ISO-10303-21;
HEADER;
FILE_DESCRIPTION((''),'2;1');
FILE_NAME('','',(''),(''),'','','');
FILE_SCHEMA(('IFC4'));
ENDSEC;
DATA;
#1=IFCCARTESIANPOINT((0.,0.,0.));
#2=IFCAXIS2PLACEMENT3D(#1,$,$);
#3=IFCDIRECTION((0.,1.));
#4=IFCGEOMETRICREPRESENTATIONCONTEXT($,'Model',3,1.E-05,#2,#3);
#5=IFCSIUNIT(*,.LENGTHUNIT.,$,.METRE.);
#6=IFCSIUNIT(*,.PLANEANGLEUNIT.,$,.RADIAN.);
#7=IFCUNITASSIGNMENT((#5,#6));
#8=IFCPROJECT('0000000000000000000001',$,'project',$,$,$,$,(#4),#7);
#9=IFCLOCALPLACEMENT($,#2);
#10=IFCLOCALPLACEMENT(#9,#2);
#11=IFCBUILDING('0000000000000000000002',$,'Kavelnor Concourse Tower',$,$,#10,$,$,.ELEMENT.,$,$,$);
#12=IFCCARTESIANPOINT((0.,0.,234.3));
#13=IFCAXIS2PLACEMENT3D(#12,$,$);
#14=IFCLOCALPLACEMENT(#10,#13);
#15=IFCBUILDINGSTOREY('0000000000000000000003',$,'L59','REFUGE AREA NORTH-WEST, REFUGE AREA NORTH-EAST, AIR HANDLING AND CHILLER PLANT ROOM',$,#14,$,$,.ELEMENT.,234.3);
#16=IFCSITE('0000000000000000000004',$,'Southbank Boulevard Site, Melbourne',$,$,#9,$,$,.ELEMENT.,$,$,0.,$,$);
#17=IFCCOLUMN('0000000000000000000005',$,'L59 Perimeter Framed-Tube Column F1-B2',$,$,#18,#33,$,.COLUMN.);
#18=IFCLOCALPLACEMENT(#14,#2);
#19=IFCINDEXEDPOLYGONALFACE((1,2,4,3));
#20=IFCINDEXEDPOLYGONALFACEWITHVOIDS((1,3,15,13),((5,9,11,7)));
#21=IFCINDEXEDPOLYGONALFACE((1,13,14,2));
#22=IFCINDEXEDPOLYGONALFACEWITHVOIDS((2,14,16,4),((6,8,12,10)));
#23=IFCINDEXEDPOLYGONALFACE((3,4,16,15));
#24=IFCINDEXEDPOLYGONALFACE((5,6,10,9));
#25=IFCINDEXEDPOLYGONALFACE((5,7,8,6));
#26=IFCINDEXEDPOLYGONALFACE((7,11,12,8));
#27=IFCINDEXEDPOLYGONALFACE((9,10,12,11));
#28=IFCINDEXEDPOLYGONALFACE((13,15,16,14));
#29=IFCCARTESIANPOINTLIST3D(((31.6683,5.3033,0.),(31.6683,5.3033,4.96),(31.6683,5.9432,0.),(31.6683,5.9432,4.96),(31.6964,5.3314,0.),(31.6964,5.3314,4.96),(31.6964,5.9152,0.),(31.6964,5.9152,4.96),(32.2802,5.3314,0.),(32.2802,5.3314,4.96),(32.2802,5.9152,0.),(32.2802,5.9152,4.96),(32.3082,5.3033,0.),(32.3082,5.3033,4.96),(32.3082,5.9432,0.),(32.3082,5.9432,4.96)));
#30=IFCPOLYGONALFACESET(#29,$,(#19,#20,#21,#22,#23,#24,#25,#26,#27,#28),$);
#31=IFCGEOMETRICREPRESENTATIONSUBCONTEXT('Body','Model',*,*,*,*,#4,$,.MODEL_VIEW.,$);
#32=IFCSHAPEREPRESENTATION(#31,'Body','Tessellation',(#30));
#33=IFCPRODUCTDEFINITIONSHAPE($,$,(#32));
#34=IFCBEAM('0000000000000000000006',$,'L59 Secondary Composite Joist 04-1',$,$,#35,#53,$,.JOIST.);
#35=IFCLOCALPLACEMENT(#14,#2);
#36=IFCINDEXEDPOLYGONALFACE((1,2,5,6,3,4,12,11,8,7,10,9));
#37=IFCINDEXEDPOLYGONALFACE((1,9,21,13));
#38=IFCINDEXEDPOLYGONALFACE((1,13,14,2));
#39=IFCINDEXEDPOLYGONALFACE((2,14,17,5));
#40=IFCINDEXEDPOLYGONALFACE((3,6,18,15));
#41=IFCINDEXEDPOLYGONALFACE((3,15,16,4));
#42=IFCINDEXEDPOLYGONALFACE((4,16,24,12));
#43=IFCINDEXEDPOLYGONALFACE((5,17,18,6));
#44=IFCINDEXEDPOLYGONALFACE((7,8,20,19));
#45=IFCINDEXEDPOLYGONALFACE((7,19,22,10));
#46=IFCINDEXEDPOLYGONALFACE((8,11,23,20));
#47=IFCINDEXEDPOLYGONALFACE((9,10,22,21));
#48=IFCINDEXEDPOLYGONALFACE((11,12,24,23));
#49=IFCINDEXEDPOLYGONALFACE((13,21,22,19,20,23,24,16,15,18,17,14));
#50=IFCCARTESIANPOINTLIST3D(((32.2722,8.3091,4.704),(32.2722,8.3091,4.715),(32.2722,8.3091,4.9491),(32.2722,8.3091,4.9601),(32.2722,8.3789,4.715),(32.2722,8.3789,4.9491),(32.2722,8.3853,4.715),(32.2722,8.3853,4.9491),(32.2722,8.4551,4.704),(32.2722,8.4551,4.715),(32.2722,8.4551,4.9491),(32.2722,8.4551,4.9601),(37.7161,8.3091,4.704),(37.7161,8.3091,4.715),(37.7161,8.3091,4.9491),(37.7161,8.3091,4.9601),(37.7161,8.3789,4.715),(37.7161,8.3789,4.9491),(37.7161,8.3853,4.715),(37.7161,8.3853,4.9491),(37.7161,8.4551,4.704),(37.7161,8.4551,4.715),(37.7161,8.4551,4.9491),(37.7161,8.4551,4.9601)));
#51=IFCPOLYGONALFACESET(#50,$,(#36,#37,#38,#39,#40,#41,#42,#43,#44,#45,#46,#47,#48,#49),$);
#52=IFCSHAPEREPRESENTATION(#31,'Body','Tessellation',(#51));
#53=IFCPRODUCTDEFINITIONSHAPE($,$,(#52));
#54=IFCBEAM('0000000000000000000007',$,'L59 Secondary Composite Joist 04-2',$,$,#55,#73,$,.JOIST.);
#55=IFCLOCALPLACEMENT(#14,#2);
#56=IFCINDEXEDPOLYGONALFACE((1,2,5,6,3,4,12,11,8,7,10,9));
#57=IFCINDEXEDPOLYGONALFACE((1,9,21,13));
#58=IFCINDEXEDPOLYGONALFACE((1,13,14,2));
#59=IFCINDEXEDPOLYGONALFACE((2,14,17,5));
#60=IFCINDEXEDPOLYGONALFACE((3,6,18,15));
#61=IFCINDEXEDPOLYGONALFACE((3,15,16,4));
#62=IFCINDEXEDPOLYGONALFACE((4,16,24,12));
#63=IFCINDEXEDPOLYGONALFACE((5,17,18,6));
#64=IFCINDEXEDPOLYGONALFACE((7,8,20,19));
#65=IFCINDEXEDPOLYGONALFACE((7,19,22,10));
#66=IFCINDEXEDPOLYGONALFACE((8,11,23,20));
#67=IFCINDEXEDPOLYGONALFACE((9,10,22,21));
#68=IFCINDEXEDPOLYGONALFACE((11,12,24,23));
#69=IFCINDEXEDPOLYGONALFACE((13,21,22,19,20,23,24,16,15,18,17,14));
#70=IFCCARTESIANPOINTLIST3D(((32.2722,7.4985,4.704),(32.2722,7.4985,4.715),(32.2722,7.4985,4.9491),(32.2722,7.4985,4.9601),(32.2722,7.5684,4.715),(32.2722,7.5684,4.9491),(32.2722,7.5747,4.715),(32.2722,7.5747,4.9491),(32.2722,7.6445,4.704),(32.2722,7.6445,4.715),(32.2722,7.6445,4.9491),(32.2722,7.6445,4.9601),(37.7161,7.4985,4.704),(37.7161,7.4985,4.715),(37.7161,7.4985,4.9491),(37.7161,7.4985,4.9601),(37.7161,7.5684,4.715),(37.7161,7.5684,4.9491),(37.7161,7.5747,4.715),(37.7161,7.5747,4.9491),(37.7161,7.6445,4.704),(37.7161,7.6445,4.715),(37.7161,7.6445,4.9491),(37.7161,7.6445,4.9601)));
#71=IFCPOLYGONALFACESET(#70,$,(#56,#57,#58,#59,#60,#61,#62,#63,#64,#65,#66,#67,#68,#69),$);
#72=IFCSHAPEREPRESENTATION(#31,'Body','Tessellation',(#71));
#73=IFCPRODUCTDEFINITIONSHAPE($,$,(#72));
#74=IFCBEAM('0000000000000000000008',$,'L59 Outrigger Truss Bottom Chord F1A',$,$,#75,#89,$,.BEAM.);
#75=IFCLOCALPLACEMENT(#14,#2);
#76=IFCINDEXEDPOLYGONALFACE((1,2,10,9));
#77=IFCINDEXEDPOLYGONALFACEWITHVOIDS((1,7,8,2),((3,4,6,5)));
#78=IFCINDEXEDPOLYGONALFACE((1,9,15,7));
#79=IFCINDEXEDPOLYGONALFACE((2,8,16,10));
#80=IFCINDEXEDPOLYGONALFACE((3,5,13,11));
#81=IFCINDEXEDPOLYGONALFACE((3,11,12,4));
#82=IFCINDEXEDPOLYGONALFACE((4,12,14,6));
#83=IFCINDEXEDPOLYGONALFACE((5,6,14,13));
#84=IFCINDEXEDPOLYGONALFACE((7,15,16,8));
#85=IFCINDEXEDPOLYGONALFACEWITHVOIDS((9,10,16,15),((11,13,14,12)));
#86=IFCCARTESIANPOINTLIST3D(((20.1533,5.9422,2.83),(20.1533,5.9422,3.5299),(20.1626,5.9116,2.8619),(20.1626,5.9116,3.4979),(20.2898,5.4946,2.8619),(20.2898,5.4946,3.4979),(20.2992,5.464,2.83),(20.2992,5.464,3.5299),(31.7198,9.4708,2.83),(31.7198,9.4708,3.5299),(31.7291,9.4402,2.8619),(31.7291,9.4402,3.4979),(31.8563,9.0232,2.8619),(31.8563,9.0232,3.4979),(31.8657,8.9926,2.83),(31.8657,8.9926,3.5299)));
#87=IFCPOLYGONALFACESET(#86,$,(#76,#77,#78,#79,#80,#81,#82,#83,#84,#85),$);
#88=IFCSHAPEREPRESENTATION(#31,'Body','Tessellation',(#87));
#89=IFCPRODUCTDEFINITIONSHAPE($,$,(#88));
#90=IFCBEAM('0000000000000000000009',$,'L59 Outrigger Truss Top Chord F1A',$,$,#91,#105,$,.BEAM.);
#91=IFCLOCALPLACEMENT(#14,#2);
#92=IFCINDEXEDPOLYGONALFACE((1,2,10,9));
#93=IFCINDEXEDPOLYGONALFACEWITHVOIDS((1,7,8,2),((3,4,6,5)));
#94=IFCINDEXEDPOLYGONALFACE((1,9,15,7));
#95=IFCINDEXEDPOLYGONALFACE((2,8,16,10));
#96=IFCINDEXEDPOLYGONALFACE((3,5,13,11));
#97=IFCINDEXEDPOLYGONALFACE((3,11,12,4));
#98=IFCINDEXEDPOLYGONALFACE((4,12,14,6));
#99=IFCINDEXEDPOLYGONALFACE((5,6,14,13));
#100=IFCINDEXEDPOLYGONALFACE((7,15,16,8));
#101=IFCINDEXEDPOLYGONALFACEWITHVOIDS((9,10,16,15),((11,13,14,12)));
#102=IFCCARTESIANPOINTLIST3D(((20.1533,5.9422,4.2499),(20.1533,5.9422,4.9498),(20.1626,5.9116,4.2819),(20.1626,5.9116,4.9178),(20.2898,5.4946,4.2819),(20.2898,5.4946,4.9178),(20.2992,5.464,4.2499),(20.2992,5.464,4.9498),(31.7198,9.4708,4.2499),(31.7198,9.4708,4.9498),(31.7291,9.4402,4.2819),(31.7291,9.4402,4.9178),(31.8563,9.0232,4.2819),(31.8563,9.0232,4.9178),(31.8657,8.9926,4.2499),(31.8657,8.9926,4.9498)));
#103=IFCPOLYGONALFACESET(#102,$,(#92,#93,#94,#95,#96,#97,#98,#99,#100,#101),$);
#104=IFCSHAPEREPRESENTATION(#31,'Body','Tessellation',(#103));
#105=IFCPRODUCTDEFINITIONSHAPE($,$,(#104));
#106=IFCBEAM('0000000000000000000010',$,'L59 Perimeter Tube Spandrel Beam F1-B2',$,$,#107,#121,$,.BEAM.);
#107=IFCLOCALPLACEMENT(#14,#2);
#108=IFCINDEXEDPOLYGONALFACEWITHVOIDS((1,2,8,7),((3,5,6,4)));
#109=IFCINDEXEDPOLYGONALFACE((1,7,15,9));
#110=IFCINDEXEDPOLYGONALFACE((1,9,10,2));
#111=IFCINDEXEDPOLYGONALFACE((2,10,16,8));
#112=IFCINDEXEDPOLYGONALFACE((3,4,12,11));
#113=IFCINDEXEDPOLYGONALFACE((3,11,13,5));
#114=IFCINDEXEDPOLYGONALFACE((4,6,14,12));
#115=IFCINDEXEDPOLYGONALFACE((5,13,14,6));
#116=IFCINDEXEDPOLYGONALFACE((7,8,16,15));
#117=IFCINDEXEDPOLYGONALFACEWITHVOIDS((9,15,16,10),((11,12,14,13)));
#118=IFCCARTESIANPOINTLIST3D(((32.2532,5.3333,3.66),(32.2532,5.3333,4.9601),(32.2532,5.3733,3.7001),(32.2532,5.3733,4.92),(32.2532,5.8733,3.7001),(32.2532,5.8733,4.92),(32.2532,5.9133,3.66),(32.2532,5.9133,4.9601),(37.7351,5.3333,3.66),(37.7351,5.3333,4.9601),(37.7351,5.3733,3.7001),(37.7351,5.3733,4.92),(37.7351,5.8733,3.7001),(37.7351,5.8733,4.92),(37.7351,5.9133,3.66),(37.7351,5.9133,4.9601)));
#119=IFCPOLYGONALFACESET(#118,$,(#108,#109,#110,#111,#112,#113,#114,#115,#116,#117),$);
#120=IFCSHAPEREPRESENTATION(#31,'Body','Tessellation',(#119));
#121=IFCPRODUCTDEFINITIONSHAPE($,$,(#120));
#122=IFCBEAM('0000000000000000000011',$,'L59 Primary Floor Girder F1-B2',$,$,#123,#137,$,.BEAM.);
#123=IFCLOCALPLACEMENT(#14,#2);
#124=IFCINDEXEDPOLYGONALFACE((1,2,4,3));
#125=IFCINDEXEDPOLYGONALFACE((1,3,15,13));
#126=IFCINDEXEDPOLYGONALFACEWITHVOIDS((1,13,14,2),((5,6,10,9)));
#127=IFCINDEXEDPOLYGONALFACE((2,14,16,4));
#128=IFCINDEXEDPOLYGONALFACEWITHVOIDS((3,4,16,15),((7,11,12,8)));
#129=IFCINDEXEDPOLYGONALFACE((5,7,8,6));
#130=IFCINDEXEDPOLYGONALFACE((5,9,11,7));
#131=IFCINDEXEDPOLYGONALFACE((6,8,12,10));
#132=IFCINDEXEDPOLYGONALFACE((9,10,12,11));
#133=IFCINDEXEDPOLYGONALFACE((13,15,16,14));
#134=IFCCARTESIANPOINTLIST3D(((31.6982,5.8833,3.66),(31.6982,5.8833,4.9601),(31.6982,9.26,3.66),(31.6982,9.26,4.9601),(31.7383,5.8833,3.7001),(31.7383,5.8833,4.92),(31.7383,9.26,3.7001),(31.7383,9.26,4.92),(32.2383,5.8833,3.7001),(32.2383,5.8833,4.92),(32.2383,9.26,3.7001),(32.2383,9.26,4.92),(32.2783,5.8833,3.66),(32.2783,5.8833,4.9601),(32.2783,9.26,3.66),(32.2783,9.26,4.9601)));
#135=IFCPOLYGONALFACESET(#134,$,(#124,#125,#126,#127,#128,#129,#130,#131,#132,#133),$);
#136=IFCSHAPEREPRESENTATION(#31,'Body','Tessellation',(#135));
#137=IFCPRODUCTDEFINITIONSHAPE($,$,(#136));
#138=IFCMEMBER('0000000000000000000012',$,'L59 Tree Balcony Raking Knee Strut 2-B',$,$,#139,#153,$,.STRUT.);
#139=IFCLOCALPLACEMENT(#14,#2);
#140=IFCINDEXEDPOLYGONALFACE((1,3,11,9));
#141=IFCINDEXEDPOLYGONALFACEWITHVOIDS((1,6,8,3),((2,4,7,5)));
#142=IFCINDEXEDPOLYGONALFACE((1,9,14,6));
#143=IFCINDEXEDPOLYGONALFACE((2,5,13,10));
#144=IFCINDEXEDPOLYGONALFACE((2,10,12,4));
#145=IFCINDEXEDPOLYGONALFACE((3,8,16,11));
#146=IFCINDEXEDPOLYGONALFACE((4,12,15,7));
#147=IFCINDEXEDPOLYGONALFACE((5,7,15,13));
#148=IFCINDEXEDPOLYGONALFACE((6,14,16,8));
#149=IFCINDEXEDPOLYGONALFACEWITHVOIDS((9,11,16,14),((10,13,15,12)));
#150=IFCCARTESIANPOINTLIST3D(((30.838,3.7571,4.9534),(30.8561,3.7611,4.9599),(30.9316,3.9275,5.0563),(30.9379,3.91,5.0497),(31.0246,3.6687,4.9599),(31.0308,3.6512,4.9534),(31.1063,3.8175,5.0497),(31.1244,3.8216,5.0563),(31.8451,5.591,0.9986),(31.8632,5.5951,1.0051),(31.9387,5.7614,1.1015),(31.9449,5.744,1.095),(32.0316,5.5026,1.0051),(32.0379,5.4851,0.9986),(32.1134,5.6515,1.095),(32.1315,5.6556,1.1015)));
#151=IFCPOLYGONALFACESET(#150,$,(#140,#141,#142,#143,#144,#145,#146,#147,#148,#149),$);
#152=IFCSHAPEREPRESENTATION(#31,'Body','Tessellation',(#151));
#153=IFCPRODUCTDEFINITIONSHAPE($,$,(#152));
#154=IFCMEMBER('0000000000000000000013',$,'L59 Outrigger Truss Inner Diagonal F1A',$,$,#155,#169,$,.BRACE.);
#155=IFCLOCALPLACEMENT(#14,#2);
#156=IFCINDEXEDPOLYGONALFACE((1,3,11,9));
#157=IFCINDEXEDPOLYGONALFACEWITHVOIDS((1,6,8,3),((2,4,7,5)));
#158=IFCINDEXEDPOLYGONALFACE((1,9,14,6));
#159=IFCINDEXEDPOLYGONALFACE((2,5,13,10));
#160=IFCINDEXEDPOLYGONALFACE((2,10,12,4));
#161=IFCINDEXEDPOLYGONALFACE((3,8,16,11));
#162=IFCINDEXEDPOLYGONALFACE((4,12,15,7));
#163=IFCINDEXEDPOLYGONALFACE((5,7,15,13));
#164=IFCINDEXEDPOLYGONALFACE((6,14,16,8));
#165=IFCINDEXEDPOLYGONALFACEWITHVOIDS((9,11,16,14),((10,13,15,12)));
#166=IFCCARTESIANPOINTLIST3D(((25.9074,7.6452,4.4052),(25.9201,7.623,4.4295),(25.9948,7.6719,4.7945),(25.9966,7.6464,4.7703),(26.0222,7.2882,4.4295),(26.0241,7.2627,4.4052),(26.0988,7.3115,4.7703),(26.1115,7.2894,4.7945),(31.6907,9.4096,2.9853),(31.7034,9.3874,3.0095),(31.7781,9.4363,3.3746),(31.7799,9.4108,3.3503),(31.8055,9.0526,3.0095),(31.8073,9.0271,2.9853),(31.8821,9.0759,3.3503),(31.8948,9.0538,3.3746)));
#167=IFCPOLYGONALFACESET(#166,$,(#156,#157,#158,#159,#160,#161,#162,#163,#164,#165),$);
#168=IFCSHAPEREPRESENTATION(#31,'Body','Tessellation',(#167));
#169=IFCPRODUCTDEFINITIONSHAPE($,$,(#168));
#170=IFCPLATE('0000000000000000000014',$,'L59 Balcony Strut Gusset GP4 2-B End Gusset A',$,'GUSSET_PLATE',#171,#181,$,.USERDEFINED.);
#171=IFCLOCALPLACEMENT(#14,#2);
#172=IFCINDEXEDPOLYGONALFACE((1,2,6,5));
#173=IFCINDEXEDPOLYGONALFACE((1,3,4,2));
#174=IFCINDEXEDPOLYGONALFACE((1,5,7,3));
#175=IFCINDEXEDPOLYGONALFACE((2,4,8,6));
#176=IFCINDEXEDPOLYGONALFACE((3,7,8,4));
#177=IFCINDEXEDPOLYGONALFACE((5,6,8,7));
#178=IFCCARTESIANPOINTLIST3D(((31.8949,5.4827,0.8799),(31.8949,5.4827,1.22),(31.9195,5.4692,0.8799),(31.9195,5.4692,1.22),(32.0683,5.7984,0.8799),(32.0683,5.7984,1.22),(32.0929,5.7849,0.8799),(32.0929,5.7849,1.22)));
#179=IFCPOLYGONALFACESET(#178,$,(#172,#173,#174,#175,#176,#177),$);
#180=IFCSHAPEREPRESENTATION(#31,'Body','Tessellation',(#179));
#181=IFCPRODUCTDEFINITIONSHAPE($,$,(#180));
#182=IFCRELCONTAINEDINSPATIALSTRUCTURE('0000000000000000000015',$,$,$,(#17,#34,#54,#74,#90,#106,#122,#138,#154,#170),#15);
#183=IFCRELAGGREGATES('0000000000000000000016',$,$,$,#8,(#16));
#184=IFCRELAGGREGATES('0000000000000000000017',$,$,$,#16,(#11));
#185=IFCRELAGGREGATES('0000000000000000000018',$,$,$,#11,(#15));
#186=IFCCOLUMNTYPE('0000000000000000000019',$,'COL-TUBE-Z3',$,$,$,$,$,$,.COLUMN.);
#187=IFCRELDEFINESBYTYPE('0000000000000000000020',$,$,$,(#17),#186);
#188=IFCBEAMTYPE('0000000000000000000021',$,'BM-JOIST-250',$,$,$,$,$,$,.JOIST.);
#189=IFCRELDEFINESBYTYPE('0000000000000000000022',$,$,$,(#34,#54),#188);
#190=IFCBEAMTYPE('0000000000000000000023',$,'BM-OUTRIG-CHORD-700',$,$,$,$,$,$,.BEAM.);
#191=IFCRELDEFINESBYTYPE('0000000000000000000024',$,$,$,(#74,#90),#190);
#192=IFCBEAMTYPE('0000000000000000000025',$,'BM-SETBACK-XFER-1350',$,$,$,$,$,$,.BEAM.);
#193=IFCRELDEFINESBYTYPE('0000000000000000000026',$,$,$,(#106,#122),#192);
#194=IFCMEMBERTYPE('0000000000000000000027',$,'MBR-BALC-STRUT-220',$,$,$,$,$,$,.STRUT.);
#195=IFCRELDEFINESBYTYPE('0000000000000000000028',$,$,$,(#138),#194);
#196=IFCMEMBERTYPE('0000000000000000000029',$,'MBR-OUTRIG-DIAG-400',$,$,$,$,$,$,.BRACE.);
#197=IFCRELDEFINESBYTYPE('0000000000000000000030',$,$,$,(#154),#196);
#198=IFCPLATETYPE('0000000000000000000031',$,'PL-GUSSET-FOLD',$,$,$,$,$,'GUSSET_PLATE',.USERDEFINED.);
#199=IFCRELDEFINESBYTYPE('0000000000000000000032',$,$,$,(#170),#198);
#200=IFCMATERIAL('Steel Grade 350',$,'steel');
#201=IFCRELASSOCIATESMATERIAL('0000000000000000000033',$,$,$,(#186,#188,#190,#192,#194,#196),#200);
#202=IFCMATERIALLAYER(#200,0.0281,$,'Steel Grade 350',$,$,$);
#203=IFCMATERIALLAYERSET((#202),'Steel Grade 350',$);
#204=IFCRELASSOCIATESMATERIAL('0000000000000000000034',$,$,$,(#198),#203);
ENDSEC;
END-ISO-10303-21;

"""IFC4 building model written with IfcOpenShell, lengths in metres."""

from ifc_helpers import new_model, si_unit, direction, frame, origin, origin_2d, place, context, subcontext, project, spatial, rectangle, hollow_rectangle, i_section, extrude, material, layer, layer_set, material_profile, profile_set, type_object, element, save


model = new_model("IFC4")

# Units and contexts
model_context = context("Model", 3, precision=1e-05, world=origin(), true_north=direction((0.0, 1.0)))
body_context = subcontext(model_context, "Body", "Model", "MODEL_VIEW")
ifc_project = project(units=[si_unit("LENGTHUNIT", "METRE"), si_unit("PLANEANGLEUNIT", "RADIAN")], contexts=[model_context])

# Site, building, storey
site_placement = place(None, origin())
site = spatial("IfcSite", under=ifc_project, at=site_placement, Name="Southbank Boulevard Site, Melbourne", CompositionType="ELEMENT", RefElevation=0.0)
building_placement = place(site_placement, origin())
building = spatial("IfcBuilding", under=site, at=building_placement, Name="Kavelnor Concourse Tower", CompositionType="ELEMENT")
storey_placement = place(building_placement, frame((0.0, 0.0, 234.3)))
storey = spatial("IfcBuildingStorey", under=building, at=storey_placement, Name="L59", Description="REFUGE AREA NORTH-WEST, REFUGE AREA NORTH-EAST, AIR HANDLING AND CHILLER PLANT ROOM", CompositionType="ELEMENT", Elevation=234.3)

# Column
ifc_material_1 = material(Name="Steel Grade 350", Category="steel")
ifc_material_profile_1 = material_profile(ifc_material_1, hollow_rectangle(XDim=0.6399, YDim=0.6399, WallThickness=0.0281, at=origin_2d()), Name="SHS 640x640x28")
ifc_profile_set_1 = profile_set([ifc_material_profile_1], Name="Steel Grade 350")
column_type = type_object("IfcColumnType", Name="COL-TUBE-Z3", PredefinedType="COLUMN", material=ifc_profile_set_1)
column_placement = place(storey_placement, frame((31.9883, 5.6233, 0.0), z_axis=(0.0, 0.0, 1.0), x_axis=(1.0, 0.0, 0.0)))
element("IfcColumn", 1, at=column_placement, inside=storey, type_object=column_type, Name="L59 Perimeter Framed-Tube Column F1-B2", PredefinedType="COLUMN", context=body_context, shape_type="SweptSolid", body=[
    extrude(hollow_rectangle(XDim=0.6399, YDim=0.6399, WallThickness=0.0281, at=origin_2d()), origin(), (0.0, 0.0, 1.0), 4.96),
])

# Beams
ifc_material_profile_2 = material_profile(ifc_material_1, i_section(OverallWidth=0.146, OverallDepth=0.2561, WebThickness=0.0063, FlangeThickness=0.011, at=origin_2d()), Name="250UB37")
ifc_profile_set_2 = profile_set([ifc_material_profile_2], Name="Steel Grade 350")
beam_type_1 = type_object("IfcBeamType", Name="BM-JOIST-250", PredefinedType="JOIST", material=ifc_profile_set_2)
for number, where, z_axis, x_axis, name in (
    (2, (32.2722, 8.3821, 4.832), (1.0, 0.0, 0.0), (0.0, 1.0, 0.0), "L59 Secondary Composite Joist 04-1"),
    (3, (32.2722, 7.5715, 4.832), (1.0, 0.0, 0.0), (0.0, 1.0, 0.0), "L59 Secondary Composite Joist 04-2"),
):
    element("IfcBeam", number, at=place(storey_placement, frame(where, z_axis=z_axis, x_axis=x_axis)), inside=storey, type_object=beam_type_1, Name=name, PredefinedType="JOIST", context=body_context, shape_type="SweptSolid", body=[
        extrude(i_section(OverallWidth=0.146, OverallDepth=0.2561, WebThickness=0.0063, FlangeThickness=0.011, at=origin_2d()), origin(), (0.0, 0.0, 1.0), 5.4438),
    ])
ifc_material_profile_3 = material_profile(ifc_material_1, hollow_rectangle(XDim=0.5, YDim=0.7, WallThickness=0.032, at=origin_2d()), Name="RHS 700x500x32")
ifc_profile_set_3 = profile_set([ifc_material_profile_3], Name="Steel Grade 350")
beam_type_2 = type_object("IfcBeamType", Name="BM-OUTRIG-CHORD-700", PredefinedType="BEAM", material=ifc_profile_set_3)
for number, where, z_axis, x_axis, name in (
    (4, (31.7927, 9.2317, 3.1799), (-0.956481, -0.291794, 0.0), (0.291794, -0.956481, 0.0), "L59 Outrigger Truss Bottom Chord F1A"),
    (5, (31.7927, 9.2317, 4.5999), (-0.956481, -0.291794, 0.0), (0.291794, -0.956481, 0.0), "L59 Outrigger Truss Top Chord F1A"),
):
    element("IfcBeam", number, at=place(storey_placement, frame(where, z_axis=z_axis, x_axis=x_axis)), inside=storey, type_object=beam_type_2, Name=name, PredefinedType="BEAM", context=body_context, shape_type="SweptSolid", body=[
        extrude(hollow_rectangle(XDim=0.5, YDim=0.7, WallThickness=0.032, at=origin_2d()), origin(), (0.0, 0.0, 1.0), 12.0928),
    ])
ifc_material_profile_4 = material_profile(ifc_material_1, hollow_rectangle(XDim=0.5801, YDim=1.3, WallThickness=0.04, at=origin_2d()), Name="RHS 1300x580x40")
ifc_profile_set_4 = profile_set([ifc_material_profile_4], Name="Steel Grade 350")
beam_type_3 = type_object("IfcBeamType", Name="BM-SETBACK-XFER-1350", PredefinedType="BEAM", material=ifc_profile_set_4)
beam_1_placement = place(storey_placement, frame((32.2532, 5.6233, 4.3101), z_axis=(1.0, 0.0, 0.0), x_axis=(0.0, 1.0, 0.0)))
element("IfcBeam", 6, at=beam_1_placement, inside=storey, type_object=beam_type_3, Name="L59 Perimeter Tube Spandrel Beam F1-B2", PredefinedType="BEAM", context=body_context, shape_type="SweptSolid", body=[
    extrude(hollow_rectangle(XDim=0.5801, YDim=1.3, WallThickness=0.04, at=origin_2d()), origin(), (0.0, 0.0, 1.0), 5.4819),
])
beam_2_placement = place(storey_placement, frame((31.9883, 9.26, 4.3101), z_axis=(0.0, -1.0, 0.0), x_axis=(1.0, 0.0, 0.0)))
element("IfcBeam", 7, at=beam_2_placement, inside=storey, type_object=beam_type_3, Name="L59 Primary Floor Girder F1-B2", PredefinedType="BEAM", context=body_context, shape_type="SweptSolid", body=[
    extrude(hollow_rectangle(XDim=0.5801, YDim=1.3, WallThickness=0.04, at=origin_2d()), origin(), (0.0, 0.0, 1.0), 3.3767),
])

# Members
ifc_material_profile_5 = material_profile(ifc_material_1, hollow_rectangle(XDim=0.22, YDim=0.22, WallThickness=0.0139, at=origin_2d()), Name="SHS 220x220x14")
ifc_profile_set_5 = profile_set([ifc_material_profile_5], Name="Steel Grade 350")
member_type_1 = type_object("IfcMemberType", Name="MBR-BALC-STRUT-220", PredefinedType="STRUT", material=ifc_profile_set_5)
member_1_placement = place(storey_placement, frame((31.9883, 5.6233, 1.05), z_axis=(-0.225086, -0.409903, 0.883921), x_axis=(0.876541, -0.481327, 0.0)))
element("IfcMember", 8, at=member_1_placement, inside=storey, type_object=member_type_1, Name="L59 Tree Balcony Raking Knee Strut 2-B", PredefinedType="STRUT", context=body_context, shape_type="SweptSolid", body=[
    extrude(hollow_rectangle(XDim=0.22, YDim=0.22, WallThickness=0.0139, at=origin_2d()), origin(), (0.0, 0.0, 1.0), 4.4741),
])
ifc_material_profile_6 = material_profile(ifc_material_1, hollow_rectangle(XDim=0.3999, YDim=0.3999, WallThickness=0.0249, at=origin_2d()), Name="SHS 400x400x25")
ifc_profile_set_6 = profile_set([ifc_material_profile_6], Name="Steel Grade 350")
member_type_2 = type_object("IfcMemberType", Name="MBR-OUTRIG-DIAG-400", PredefinedType="BRACE", material=ifc_profile_set_6)
member_2_placement = place(storey_placement, frame((31.7927, 9.2317, 3.1799), z_axis=(-0.931144, -0.284084, 0.228619), x_axis=(0.291812, -0.956476, 0.0)))
element("IfcMember", 9, at=member_2_placement, inside=storey, type_object=member_type_2, Name="L59 Outrigger Truss Inner Diagonal F1A", PredefinedType="BRACE", context=body_context, shape_type="SweptSolid", body=[
    extrude(hollow_rectangle(XDim=0.3999, YDim=0.3999, WallThickness=0.0249, at=origin_2d()), origin(), (0.0, 0.0, 1.0), 6.2109),
])

# Plate
ifc_layer_1 = layer(ifc_material_1, 0.0281, Name="Steel Grade 350")
ifc_layer_set_1 = layer_set([ifc_layer_1], Name="Steel Grade 350")
plate_type_1 = type_object("IfcPlateType", Name="PL-GUSSET-FOLD", ElementType="GUSSET_PLATE", PredefinedType="USERDEFINED", material=ifc_layer_set_1)
for number, where, z_axis, x_axis, name in (
    (10, (31.9939, 5.6338, 0.8799), (0.0, 0.0, 1.0), (-0.481295, -0.876559, 0.0), "L59 Balcony Strut Gusset GP4 2-B End Gusset A"),
):
    element("IfcPlate", number, at=place(storey_placement, frame(where, z_axis=z_axis, x_axis=x_axis)), inside=storey, type_object=plate_type_1, Name=name, ObjectType="GUSSET_PLATE", PredefinedType="USERDEFINED", context=body_context, shape_type="SweptSolid", body=[
        extrude(rectangle(XDim=0.3601, YDim=0.0281, at=origin_2d()), origin(), (0.0, 0.0, 1.0), 0.3401),
    ])

save(model, "model.ifc")
